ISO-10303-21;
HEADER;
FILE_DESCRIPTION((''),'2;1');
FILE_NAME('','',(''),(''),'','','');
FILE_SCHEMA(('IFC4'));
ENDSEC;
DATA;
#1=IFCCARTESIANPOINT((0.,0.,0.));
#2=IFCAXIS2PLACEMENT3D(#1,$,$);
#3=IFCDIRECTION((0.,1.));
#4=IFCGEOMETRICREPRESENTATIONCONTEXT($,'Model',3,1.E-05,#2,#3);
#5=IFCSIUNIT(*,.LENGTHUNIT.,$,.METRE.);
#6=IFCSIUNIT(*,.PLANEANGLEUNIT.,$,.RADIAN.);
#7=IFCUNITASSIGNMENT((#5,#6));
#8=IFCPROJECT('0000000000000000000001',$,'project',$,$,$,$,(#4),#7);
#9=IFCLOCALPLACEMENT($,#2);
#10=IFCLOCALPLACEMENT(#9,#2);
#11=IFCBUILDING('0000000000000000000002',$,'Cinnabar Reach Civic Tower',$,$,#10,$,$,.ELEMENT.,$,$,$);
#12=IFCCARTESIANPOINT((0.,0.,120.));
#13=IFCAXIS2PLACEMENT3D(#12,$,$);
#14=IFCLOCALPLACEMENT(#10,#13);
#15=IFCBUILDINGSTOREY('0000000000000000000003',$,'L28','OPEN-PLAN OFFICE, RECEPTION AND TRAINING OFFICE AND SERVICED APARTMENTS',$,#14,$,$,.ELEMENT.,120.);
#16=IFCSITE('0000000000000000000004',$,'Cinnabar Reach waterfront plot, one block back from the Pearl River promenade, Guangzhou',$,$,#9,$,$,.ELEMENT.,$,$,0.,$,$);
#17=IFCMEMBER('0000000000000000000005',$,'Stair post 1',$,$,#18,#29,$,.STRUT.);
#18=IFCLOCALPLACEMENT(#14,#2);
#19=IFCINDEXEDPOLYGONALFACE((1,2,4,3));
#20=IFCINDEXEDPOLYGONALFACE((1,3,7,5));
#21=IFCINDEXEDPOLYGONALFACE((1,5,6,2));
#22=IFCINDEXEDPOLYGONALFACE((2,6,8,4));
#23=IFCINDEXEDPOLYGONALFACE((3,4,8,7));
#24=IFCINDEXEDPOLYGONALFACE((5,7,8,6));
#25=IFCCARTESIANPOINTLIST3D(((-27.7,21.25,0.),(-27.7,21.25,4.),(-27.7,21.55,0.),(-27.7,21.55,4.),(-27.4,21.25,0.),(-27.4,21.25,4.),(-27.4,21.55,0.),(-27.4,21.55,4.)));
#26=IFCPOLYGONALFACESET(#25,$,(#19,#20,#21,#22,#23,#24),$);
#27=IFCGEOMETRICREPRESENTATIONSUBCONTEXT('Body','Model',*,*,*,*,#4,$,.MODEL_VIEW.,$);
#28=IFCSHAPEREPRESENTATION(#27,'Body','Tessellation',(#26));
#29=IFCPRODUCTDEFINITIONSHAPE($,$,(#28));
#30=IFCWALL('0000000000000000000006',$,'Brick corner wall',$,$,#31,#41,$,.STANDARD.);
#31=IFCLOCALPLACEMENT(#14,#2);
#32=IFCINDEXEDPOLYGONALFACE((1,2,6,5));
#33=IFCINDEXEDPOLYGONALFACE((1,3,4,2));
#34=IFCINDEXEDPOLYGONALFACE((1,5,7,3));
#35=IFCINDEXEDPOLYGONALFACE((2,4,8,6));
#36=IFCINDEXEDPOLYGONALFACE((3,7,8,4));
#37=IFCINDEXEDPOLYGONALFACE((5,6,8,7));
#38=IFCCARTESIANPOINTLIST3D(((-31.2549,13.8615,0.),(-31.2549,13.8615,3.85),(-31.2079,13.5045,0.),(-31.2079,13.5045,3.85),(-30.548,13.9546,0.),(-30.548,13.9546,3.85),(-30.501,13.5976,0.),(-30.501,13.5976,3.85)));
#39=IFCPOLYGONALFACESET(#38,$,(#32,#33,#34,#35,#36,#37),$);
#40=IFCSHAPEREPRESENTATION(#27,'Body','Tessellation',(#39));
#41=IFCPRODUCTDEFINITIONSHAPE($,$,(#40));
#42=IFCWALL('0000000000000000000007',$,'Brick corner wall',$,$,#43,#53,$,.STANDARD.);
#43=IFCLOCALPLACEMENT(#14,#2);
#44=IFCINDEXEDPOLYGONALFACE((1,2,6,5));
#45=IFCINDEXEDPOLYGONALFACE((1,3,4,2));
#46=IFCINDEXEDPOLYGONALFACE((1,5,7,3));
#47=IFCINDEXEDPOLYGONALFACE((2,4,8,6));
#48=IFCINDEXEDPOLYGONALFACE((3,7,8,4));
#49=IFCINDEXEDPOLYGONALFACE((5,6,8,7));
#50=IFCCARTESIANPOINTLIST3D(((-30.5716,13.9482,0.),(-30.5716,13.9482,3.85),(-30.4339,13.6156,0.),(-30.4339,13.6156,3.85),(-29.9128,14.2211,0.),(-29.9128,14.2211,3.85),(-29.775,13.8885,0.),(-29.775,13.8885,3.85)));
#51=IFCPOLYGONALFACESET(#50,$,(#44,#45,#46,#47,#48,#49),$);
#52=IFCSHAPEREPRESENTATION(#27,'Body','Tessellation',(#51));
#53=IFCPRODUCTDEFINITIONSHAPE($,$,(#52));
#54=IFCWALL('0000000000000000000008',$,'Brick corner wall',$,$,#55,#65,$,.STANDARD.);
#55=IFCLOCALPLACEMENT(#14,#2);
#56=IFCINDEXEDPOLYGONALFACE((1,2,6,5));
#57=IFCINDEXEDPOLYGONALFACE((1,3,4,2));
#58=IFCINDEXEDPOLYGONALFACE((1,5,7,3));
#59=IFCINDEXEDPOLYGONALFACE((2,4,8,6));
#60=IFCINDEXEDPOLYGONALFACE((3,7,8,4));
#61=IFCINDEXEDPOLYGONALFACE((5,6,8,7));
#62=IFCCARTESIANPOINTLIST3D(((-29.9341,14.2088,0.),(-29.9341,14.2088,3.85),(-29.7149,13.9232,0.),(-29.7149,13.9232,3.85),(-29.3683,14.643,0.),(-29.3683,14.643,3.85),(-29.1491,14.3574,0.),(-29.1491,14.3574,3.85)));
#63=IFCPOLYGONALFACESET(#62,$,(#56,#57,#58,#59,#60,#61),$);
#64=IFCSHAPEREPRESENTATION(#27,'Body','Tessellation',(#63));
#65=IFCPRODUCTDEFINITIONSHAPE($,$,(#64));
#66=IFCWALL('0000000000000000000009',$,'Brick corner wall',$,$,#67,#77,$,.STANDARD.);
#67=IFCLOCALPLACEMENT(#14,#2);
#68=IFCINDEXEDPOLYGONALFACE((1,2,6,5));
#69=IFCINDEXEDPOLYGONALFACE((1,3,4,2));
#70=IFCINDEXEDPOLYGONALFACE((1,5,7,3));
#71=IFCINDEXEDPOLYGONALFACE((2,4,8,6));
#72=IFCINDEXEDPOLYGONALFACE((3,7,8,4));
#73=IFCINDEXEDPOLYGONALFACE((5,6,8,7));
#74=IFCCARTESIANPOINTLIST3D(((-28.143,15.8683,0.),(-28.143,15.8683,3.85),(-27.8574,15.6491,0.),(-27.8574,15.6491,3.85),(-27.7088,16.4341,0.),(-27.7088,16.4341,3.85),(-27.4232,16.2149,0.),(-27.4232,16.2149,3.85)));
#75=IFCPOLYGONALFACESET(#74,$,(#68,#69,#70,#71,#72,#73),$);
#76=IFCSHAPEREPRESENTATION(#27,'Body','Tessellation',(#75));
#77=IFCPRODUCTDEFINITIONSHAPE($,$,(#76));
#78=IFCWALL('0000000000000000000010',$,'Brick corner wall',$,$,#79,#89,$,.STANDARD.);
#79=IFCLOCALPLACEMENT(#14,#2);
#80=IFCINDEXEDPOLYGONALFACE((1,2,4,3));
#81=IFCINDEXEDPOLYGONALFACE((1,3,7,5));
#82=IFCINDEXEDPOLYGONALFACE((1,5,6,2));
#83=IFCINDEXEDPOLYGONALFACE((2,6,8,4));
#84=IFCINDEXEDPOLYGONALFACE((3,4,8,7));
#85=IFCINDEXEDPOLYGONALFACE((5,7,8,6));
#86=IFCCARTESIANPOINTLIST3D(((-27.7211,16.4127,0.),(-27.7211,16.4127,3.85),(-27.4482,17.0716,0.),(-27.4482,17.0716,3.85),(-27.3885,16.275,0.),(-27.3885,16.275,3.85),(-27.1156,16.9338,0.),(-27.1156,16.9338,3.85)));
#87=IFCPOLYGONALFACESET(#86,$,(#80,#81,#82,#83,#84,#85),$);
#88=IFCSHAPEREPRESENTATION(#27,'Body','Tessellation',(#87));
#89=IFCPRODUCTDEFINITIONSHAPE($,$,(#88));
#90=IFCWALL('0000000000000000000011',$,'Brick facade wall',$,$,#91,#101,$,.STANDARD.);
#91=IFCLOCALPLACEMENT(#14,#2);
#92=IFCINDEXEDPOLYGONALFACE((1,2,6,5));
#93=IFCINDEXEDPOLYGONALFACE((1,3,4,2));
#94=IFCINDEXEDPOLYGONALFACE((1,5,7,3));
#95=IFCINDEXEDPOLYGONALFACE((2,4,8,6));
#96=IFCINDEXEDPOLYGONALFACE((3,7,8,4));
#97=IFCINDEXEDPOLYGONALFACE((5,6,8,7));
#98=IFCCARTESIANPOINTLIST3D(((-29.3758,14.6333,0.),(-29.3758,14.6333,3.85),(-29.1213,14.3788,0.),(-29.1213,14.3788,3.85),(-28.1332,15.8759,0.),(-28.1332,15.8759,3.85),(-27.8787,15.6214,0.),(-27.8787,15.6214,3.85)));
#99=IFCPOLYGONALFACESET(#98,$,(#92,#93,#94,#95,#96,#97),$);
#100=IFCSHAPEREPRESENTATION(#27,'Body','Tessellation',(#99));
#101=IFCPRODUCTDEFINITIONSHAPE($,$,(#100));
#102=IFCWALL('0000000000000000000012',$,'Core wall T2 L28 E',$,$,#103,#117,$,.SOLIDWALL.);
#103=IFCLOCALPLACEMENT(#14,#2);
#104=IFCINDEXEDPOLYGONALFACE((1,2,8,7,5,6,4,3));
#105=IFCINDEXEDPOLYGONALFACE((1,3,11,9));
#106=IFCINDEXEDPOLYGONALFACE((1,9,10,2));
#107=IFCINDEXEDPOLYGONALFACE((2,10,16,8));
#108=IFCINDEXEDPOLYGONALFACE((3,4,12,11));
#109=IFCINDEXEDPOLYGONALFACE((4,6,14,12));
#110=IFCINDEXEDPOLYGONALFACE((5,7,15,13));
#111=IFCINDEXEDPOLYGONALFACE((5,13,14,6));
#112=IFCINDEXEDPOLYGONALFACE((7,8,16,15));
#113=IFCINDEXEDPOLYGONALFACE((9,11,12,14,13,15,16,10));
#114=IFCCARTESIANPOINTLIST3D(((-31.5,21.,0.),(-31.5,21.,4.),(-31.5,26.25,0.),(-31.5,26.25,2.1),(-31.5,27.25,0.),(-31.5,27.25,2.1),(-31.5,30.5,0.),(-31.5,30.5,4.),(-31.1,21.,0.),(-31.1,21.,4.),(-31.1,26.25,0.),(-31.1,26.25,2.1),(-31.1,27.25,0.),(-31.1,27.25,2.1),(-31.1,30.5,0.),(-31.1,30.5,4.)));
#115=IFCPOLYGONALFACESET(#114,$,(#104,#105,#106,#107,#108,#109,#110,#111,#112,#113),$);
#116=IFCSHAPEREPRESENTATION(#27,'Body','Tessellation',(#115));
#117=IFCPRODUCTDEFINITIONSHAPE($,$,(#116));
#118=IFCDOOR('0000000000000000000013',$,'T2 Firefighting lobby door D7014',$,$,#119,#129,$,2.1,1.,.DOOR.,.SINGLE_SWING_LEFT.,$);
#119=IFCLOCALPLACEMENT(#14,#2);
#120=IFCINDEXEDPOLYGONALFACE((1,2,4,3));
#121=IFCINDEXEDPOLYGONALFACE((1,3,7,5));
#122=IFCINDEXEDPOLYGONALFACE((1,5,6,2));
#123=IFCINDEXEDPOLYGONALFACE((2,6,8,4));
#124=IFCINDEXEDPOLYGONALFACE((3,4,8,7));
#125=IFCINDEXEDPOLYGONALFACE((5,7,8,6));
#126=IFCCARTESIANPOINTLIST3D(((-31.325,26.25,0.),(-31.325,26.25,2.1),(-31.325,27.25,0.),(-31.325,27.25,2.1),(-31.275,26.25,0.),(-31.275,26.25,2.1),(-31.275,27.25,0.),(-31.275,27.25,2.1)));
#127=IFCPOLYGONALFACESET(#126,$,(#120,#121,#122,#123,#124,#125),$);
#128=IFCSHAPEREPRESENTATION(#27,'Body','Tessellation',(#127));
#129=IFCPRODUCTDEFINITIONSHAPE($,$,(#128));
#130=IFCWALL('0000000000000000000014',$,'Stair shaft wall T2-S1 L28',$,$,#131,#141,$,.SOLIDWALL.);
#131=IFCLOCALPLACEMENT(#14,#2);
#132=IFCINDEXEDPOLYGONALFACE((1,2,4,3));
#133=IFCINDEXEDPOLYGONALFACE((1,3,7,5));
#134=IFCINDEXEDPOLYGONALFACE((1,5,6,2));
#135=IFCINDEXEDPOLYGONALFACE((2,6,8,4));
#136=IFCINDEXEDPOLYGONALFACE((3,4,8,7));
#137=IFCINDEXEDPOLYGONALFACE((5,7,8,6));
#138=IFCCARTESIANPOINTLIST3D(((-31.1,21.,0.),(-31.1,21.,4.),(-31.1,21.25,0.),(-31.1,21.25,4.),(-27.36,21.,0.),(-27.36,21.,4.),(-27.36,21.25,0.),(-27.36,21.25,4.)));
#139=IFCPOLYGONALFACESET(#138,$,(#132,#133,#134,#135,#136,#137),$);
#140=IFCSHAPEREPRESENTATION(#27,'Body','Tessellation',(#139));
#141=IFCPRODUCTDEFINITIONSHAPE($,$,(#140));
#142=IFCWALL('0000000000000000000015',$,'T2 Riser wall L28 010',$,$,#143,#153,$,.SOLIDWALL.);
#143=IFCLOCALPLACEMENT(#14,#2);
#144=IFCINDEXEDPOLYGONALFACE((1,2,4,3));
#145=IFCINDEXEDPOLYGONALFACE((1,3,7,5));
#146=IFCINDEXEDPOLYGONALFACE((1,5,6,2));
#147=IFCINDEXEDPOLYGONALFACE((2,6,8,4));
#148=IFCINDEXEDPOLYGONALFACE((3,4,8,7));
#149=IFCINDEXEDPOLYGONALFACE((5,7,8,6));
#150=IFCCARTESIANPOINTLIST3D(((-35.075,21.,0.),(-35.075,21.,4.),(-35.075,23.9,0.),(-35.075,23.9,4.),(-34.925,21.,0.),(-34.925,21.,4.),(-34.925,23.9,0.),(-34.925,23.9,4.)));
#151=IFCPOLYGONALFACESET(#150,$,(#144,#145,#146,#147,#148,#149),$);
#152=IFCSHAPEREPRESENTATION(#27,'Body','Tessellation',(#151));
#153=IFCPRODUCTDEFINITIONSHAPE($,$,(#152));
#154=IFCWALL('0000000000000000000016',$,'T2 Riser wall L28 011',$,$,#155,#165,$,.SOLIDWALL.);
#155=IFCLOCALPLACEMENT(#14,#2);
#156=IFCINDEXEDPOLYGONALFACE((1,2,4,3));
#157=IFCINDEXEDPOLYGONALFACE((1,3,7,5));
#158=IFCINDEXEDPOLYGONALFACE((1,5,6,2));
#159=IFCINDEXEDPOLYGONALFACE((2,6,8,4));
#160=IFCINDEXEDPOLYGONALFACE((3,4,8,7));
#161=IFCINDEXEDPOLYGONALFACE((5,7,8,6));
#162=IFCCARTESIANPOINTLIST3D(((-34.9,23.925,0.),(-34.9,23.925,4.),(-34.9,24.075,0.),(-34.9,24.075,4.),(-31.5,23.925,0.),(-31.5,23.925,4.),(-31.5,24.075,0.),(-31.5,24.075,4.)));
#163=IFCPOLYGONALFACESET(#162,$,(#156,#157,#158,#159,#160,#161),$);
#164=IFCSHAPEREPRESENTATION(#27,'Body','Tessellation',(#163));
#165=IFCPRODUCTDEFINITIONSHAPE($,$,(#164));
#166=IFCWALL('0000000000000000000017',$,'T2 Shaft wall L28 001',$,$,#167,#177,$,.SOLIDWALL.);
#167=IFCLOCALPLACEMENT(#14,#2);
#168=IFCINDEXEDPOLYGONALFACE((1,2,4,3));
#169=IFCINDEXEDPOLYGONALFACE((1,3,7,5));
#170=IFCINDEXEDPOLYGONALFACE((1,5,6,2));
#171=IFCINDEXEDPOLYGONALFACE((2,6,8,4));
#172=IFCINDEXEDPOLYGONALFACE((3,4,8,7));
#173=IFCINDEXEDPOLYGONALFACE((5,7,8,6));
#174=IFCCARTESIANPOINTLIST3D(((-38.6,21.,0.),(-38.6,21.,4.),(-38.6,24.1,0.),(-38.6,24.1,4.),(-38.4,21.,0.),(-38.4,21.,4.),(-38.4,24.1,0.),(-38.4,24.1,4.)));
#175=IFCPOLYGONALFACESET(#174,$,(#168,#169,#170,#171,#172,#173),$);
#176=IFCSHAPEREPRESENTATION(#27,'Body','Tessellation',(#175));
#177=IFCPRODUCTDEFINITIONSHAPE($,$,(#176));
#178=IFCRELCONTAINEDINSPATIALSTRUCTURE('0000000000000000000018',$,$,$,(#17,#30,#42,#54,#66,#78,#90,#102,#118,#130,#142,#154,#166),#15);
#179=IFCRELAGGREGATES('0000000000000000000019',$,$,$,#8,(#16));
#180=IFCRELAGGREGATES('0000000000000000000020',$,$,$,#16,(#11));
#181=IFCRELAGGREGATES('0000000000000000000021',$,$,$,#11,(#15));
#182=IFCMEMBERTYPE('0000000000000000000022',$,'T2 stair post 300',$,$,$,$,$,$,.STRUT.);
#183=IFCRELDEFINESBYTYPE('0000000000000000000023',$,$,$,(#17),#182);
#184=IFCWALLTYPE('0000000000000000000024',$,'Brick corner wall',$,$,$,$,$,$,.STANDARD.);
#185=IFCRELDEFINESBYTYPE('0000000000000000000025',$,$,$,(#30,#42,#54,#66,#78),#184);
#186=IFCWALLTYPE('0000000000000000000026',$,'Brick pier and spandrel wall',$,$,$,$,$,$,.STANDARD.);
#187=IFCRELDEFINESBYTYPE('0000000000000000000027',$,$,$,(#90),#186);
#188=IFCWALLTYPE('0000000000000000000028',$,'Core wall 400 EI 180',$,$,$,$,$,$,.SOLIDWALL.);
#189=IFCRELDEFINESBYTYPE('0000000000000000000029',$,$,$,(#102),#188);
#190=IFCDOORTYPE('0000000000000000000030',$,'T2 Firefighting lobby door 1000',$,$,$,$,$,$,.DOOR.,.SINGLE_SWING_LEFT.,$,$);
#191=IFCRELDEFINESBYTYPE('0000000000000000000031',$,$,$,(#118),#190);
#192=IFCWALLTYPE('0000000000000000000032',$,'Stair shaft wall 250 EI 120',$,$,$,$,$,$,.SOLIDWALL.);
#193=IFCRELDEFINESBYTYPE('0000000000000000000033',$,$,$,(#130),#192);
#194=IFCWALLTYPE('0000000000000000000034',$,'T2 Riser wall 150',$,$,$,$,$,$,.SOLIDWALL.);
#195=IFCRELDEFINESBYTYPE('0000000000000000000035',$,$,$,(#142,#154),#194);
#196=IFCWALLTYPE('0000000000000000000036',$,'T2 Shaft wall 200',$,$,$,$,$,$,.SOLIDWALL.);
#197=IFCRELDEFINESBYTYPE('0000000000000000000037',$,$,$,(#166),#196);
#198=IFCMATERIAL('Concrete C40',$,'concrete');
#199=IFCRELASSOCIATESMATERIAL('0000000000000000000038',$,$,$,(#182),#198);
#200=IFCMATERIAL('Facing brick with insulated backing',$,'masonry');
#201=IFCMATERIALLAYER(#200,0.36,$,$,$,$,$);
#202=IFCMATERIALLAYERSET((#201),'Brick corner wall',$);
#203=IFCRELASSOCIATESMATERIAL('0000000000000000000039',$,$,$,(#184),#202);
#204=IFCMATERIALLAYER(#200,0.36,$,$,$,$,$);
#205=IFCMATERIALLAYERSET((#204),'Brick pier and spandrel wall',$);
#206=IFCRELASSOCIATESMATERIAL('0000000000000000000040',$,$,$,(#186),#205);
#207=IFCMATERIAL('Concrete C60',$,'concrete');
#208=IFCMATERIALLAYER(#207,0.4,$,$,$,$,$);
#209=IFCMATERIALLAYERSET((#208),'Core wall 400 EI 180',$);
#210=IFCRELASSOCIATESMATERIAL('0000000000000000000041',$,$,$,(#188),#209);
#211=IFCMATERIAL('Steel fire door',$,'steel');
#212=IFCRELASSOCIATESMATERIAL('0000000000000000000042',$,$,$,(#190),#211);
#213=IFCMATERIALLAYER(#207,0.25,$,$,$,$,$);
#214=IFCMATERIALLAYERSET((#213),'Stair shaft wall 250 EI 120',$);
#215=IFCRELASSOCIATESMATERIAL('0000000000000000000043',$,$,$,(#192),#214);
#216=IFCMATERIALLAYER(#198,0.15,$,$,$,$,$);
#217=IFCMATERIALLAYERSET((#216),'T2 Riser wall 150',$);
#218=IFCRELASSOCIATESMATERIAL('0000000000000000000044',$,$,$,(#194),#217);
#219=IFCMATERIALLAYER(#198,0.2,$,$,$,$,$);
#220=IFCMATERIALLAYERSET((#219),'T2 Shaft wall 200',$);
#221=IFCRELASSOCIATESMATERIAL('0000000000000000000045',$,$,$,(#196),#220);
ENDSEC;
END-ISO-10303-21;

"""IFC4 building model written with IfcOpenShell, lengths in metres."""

from ifc_helpers import new_model, si_unit, direction, frame, frame_2d, origin, origin_2d, place, context, subcontext, project, spatial, rectangle, extrude, material, layer, layer_set, material_profile, profile_set, type_object, element, fill, save


model = new_model("IFC4")

# Units and contexts
model_context = context("Model", 3, precision=1e-05, world=origin(), true_north=direction((0.0, 1.0)))
body_context = subcontext(model_context, "Body", "Model", "MODEL_VIEW")
ifc_project = project(units=[si_unit("LENGTHUNIT", "METRE"), si_unit("PLANEANGLEUNIT", "RADIAN")], contexts=[model_context])

# Site, building, storey
site_placement = place(None, origin())
site = spatial("IfcSite", under=ifc_project, at=site_placement, Name="Cinnabar Reach waterfront plot, one block back from the Pearl River promenade, Guangzhou", CompositionType="ELEMENT", RefElevation=0.0)
building_placement = place(site_placement, origin())
building = spatial("IfcBuilding", under=site, at=building_placement, Name="Cinnabar Reach Civic Tower", CompositionType="ELEMENT")
storey_placement = place(building_placement, frame((0.0, 0.0, 120.0)))
storey = spatial("IfcBuildingStorey", under=building, at=storey_placement, Name="L28", Description="OPEN-PLAN OFFICE, RECEPTION AND TRAINING OFFICE AND SERVICED APARTMENTS", CompositionType="ELEMENT", Elevation=120.0)

# Shared definitions
ifc_material_1 = material(Name="Concrete C60", Category="concrete")

# Member
ifc_material_2 = material(Name="Concrete C40", Category="concrete")
ifc_material_profile_1 = material_profile(ifc_material_2, rectangle(XDim=0.3, YDim=0.3, at=origin_2d()), Name="C300")
ifc_profile_set_1 = profile_set([ifc_material_profile_1], Name="Concrete C40")
member_type = type_object("IfcMemberType", Name="T2 stair post 300", PredefinedType="STRUT", material=ifc_profile_set_1)
member_placement = place(storey_placement, frame((-27.55, 21.4, 0.0), z_axis=(0.0, 0.0, 1.0), x_axis=(1.0, 0.0, 0.0)))
element("IfcMember", 1, at=member_placement, inside=storey, type_object=member_type, Name="Stair post 1", PredefinedType="STRUT", context=body_context, shape_type="SweptSolid", body=[
    extrude(rectangle(XDim=0.3, YDim=0.3, at=origin_2d()), origin(), (0.0, 0.0, 1.0), 4.0),
])

# Walls
ifc_material_3 = material(Name="Facing brick with insulated backing", Category="masonry")
ifc_layer_1 = layer(ifc_material_3, 0.36)
ifc_layer_set_1 = layer_set([ifc_layer_1], Name="Brick corner wall")
wall_type_1 = type_object("IfcWallType", Name="Brick corner wall", PredefinedType="STANDARD", material=ifc_layer_set_1)
for number, where, z_axis, x_axis, name in (
    (2, (-31.2314, 13.683, 0.0), (0.0, 0.0, 1.0), (0.991441, 0.130556, 0.0), "Brick corner wall"),
    (3, (-30.5027, 13.7819, 0.0), (0.0, 0.0, 1.0), (0.923872, 0.382703, 0.0), "Brick corner wall"),
):
    element("IfcWall", number, at=place(storey_placement, frame(where, z_axis=z_axis, x_axis=x_axis)), inside=storey, type_object=wall_type_1, Name=name, PredefinedType="STANDARD", context=body_context, shape_type="SweptSolid", body=[
        extrude(rectangle(XDim=0.7131, YDim=0.36, at=frame_2d((0.3565, 0.0))), origin(), (0.0, 0.0, 1.0), 3.85),
    ])
for number, where, z_axis, x_axis, name in (
    (4, (-29.8245, 14.066, 0.0), (0.0, 0.0, 1.0), (0.793322, 0.608802, 0.0), "Brick corner wall"),
    (5, (-28.0002, 15.7587, 0.0), (0.0, 0.0, 1.0), (0.608802, 0.793322, 0.0), "Brick corner wall"),
):
    element("IfcWall", number, at=place(storey_placement, frame(where, z_axis=z_axis, x_axis=x_axis)), inside=storey, type_object=wall_type_1, Name=name, PredefinedType="STANDARD", context=body_context, shape_type="SweptSolid", body=[
        extrude(rectangle(XDim=0.7132, YDim=0.36, at=frame_2d((0.3566, 0.0))), origin(), (0.0, 0.0, 1.0), 3.85),
    ])
wall_1_placement = place(storey_placement, frame((-27.5548, 16.3439, 0.0), z_axis=(0.0, 0.0, 1.0), x_axis=(0.382703, 0.923872, 0.0)))
element("IfcWall", 6, at=wall_1_placement, inside=storey, type_object=wall_type_1, Name="Brick corner wall", PredefinedType="STANDARD", context=body_context, shape_type="SweptSolid", body=[
    extrude(rectangle(XDim=0.7131, YDim=0.36, at=frame_2d((0.3565, 0.0))), origin(), (0.0, 0.0, 1.0), 3.85),
])
ifc_layer_2 = layer(ifc_material_3, 0.36)
ifc_layer_set_2 = layer_set([ifc_layer_2], Name="Brick pier and spandrel wall")
wall_type_2 = type_object("IfcWallType", Name="Brick pier and spandrel wall", PredefinedType="STANDARD", material=ifc_layer_set_2)
wall_2_placement = place(storey_placement, frame((-29.2486, 14.506, 0.0), z_axis=(0.0, 0.0, 1.0), x_axis=(0.707107, 0.707107, 0.0)))
element("IfcWall", 7, at=wall_2_placement, inside=storey, type_object=wall_type_2, Name="Brick facade wall", PredefinedType="STANDARD", context=body_context, shape_type="SweptSolid", body=[
    extrude(rectangle(XDim=1.7573, YDim=0.36, at=frame_2d((0.8787, 0.0))), origin(), (0.0, 0.0, 1.0), 3.85),
])

# Wall, opening, door
ifc_layer_3 = layer(ifc_material_1, 0.4)
ifc_layer_set_3 = layer_set([ifc_layer_3], Name="Core wall 400 EI 180")
wall_type_3 = type_object("IfcWallType", Name="Core wall 400 EI 180", PredefinedType="SOLIDWALL", material=ifc_layer_set_3)
wall_3_placement = place(storey_placement, frame((-31.3, 21.0, 0.0), z_axis=(0.0, 0.0, 1.0), x_axis=(0.0, 1.0, 0.0)))
wall_3 = element("IfcWall", 8, at=wall_3_placement, inside=storey, type_object=wall_type_3, Name="Core wall T2 L28 E", PredefinedType="SOLIDWALL", context=body_context, shape_type="SweptSolid", body=[
    extrude(rectangle(XDim=9.5, YDim=0.4, at=frame_2d((4.75, 0.0))), origin(), (0.0, 0.0, 1.0), 4.0),
])
opening_1_placement = place(wall_3_placement, frame((5.25, 0.0, 0.0)))
opening_1 = element("IfcOpeningElement", 9, at=opening_1_placement, cuts=wall_3, PredefinedType="OPENING", context=body_context, shape_type="SweptSolid", body=[
    extrude(rectangle(XDim=1.0, YDim=2.1, at=frame_2d((0.5, 1.05))), frame((0.0, 0.21, 0.0), z_axis=(0.0, -1.0, 0.0), x_axis=(1.0, 0.0, 0.0)), (0.0, 0.0, 1.0), 0.42),
])
ifc_material_4 = material(Name="Steel fire door", Category="steel")
door_type_1 = type_object("IfcDoorType", Name="T2 Firefighting lobby door 1000", OperationType="SINGLE_SWING_LEFT", PredefinedType="DOOR", material=ifc_material_4)
door_1_placement = place(opening_1_placement, frame((1.0, 0.0, 0.0), z_axis=(0.0, 0.0, 1.0), x_axis=(-1.0, 0.0, 0.0)))
door_1 = element("IfcDoor", 10, at=door_1_placement, inside=storey, type_object=door_type_1, Name="T2 Firefighting lobby door D7014", OperationType="SINGLE_SWING_LEFT", OverallHeight=2.1, OverallWidth=1.0, PredefinedType="DOOR", context=body_context, shape_type="SweptSolid", body=[
    extrude(rectangle(XDim=1.0, YDim=2.1, at=frame_2d((0.5, 1.05))), frame((0.0, 0.025, 0.0), z_axis=(0.0, -1.0, 0.0), x_axis=(1.0, 0.0, 0.0)), (0.0, 0.0, 1.0), 0.05),
])
fill(opening_1, door_1)

# Walls
ifc_layer_4 = layer(ifc_material_1, 0.25)
ifc_layer_set_4 = layer_set([ifc_layer_4], Name="Stair shaft wall 250 EI 120")
wall_type_4 = type_object("IfcWallType", Name="Stair shaft wall 250 EI 120", PredefinedType="SOLIDWALL", material=ifc_layer_set_4)
wall_4_placement = place(storey_placement, frame((-31.1, 21.125, 0.0), z_axis=(0.0, 0.0, 1.0), x_axis=(1.0, 0.0, 0.0)))
element("IfcWall", 11, at=wall_4_placement, inside=storey, type_object=wall_type_4, Name="Stair shaft wall T2-S1 L28", PredefinedType="SOLIDWALL", context=body_context, shape_type="SweptSolid", body=[
    extrude(rectangle(XDim=3.74, YDim=0.25, at=frame_2d((1.87, 0.0))), origin(), (0.0, 0.0, 1.0), 4.0),
])
ifc_layer_5 = layer(ifc_material_2, 0.15)
ifc_layer_set_5 = layer_set([ifc_layer_5], Name="T2 Riser wall 150")
wall_type_5 = type_object("IfcWallType", Name="T2 Riser wall 150", PredefinedType="SOLIDWALL", material=ifc_layer_set_5)
wall_5_placement = place(storey_placement, frame((-35.0, 21.0, 0.0), z_axis=(0.0, 0.0, 1.0), x_axis=(0.0, 1.0, 0.0)))
element("IfcWall", 12, at=wall_5_placement, inside=storey, type_object=wall_type_5, Name="T2 Riser wall L28 010", PredefinedType="SOLIDWALL", context=body_context, shape_type="SweptSolid", body=[
    extrude(rectangle(XDim=2.9, YDim=0.15, at=frame_2d((1.45, 0.0))), origin(), (0.0, 0.0, 1.0), 4.0),
])
wall_6_placement = place(storey_placement, frame((-31.5, 24.0, 0.0), z_axis=(0.0, 0.0, 1.0), x_axis=(-1.0, 0.0, 0.0)))
element("IfcWall", 13, at=wall_6_placement, inside=storey, type_object=wall_type_5, Name="T2 Riser wall L28 011", PredefinedType="SOLIDWALL", context=body_context, shape_type="SweptSolid", body=[
    extrude(rectangle(XDim=3.4, YDim=0.15, at=frame_2d((1.7, 0.0))), origin(), (0.0, 0.0, 1.0), 4.0),
])
ifc_layer_6 = layer(ifc_material_2, 0.2)
ifc_layer_set_6 = layer_set([ifc_layer_6], Name="T2 Shaft wall 200")
wall_type_6 = type_object("IfcWallType", Name="T2 Shaft wall 200", PredefinedType="SOLIDWALL", material=ifc_layer_set_6)
wall_7_placement = place(storey_placement, frame((-38.5, 21.0, 0.0), z_axis=(0.0, 0.0, 1.0), x_axis=(0.0, 1.0, 0.0)))
element("IfcWall", 14, at=wall_7_placement, inside=storey, type_object=wall_type_6, Name="T2 Shaft wall L28 001", PredefinedType="SOLIDWALL", context=body_context, shape_type="SweptSolid", body=[
    extrude(rectangle(XDim=3.1, YDim=0.2, at=frame_2d((1.55, 0.0))), origin(), (0.0, 0.0, 1.0), 4.0),
])

save(model, "model.ifc")
